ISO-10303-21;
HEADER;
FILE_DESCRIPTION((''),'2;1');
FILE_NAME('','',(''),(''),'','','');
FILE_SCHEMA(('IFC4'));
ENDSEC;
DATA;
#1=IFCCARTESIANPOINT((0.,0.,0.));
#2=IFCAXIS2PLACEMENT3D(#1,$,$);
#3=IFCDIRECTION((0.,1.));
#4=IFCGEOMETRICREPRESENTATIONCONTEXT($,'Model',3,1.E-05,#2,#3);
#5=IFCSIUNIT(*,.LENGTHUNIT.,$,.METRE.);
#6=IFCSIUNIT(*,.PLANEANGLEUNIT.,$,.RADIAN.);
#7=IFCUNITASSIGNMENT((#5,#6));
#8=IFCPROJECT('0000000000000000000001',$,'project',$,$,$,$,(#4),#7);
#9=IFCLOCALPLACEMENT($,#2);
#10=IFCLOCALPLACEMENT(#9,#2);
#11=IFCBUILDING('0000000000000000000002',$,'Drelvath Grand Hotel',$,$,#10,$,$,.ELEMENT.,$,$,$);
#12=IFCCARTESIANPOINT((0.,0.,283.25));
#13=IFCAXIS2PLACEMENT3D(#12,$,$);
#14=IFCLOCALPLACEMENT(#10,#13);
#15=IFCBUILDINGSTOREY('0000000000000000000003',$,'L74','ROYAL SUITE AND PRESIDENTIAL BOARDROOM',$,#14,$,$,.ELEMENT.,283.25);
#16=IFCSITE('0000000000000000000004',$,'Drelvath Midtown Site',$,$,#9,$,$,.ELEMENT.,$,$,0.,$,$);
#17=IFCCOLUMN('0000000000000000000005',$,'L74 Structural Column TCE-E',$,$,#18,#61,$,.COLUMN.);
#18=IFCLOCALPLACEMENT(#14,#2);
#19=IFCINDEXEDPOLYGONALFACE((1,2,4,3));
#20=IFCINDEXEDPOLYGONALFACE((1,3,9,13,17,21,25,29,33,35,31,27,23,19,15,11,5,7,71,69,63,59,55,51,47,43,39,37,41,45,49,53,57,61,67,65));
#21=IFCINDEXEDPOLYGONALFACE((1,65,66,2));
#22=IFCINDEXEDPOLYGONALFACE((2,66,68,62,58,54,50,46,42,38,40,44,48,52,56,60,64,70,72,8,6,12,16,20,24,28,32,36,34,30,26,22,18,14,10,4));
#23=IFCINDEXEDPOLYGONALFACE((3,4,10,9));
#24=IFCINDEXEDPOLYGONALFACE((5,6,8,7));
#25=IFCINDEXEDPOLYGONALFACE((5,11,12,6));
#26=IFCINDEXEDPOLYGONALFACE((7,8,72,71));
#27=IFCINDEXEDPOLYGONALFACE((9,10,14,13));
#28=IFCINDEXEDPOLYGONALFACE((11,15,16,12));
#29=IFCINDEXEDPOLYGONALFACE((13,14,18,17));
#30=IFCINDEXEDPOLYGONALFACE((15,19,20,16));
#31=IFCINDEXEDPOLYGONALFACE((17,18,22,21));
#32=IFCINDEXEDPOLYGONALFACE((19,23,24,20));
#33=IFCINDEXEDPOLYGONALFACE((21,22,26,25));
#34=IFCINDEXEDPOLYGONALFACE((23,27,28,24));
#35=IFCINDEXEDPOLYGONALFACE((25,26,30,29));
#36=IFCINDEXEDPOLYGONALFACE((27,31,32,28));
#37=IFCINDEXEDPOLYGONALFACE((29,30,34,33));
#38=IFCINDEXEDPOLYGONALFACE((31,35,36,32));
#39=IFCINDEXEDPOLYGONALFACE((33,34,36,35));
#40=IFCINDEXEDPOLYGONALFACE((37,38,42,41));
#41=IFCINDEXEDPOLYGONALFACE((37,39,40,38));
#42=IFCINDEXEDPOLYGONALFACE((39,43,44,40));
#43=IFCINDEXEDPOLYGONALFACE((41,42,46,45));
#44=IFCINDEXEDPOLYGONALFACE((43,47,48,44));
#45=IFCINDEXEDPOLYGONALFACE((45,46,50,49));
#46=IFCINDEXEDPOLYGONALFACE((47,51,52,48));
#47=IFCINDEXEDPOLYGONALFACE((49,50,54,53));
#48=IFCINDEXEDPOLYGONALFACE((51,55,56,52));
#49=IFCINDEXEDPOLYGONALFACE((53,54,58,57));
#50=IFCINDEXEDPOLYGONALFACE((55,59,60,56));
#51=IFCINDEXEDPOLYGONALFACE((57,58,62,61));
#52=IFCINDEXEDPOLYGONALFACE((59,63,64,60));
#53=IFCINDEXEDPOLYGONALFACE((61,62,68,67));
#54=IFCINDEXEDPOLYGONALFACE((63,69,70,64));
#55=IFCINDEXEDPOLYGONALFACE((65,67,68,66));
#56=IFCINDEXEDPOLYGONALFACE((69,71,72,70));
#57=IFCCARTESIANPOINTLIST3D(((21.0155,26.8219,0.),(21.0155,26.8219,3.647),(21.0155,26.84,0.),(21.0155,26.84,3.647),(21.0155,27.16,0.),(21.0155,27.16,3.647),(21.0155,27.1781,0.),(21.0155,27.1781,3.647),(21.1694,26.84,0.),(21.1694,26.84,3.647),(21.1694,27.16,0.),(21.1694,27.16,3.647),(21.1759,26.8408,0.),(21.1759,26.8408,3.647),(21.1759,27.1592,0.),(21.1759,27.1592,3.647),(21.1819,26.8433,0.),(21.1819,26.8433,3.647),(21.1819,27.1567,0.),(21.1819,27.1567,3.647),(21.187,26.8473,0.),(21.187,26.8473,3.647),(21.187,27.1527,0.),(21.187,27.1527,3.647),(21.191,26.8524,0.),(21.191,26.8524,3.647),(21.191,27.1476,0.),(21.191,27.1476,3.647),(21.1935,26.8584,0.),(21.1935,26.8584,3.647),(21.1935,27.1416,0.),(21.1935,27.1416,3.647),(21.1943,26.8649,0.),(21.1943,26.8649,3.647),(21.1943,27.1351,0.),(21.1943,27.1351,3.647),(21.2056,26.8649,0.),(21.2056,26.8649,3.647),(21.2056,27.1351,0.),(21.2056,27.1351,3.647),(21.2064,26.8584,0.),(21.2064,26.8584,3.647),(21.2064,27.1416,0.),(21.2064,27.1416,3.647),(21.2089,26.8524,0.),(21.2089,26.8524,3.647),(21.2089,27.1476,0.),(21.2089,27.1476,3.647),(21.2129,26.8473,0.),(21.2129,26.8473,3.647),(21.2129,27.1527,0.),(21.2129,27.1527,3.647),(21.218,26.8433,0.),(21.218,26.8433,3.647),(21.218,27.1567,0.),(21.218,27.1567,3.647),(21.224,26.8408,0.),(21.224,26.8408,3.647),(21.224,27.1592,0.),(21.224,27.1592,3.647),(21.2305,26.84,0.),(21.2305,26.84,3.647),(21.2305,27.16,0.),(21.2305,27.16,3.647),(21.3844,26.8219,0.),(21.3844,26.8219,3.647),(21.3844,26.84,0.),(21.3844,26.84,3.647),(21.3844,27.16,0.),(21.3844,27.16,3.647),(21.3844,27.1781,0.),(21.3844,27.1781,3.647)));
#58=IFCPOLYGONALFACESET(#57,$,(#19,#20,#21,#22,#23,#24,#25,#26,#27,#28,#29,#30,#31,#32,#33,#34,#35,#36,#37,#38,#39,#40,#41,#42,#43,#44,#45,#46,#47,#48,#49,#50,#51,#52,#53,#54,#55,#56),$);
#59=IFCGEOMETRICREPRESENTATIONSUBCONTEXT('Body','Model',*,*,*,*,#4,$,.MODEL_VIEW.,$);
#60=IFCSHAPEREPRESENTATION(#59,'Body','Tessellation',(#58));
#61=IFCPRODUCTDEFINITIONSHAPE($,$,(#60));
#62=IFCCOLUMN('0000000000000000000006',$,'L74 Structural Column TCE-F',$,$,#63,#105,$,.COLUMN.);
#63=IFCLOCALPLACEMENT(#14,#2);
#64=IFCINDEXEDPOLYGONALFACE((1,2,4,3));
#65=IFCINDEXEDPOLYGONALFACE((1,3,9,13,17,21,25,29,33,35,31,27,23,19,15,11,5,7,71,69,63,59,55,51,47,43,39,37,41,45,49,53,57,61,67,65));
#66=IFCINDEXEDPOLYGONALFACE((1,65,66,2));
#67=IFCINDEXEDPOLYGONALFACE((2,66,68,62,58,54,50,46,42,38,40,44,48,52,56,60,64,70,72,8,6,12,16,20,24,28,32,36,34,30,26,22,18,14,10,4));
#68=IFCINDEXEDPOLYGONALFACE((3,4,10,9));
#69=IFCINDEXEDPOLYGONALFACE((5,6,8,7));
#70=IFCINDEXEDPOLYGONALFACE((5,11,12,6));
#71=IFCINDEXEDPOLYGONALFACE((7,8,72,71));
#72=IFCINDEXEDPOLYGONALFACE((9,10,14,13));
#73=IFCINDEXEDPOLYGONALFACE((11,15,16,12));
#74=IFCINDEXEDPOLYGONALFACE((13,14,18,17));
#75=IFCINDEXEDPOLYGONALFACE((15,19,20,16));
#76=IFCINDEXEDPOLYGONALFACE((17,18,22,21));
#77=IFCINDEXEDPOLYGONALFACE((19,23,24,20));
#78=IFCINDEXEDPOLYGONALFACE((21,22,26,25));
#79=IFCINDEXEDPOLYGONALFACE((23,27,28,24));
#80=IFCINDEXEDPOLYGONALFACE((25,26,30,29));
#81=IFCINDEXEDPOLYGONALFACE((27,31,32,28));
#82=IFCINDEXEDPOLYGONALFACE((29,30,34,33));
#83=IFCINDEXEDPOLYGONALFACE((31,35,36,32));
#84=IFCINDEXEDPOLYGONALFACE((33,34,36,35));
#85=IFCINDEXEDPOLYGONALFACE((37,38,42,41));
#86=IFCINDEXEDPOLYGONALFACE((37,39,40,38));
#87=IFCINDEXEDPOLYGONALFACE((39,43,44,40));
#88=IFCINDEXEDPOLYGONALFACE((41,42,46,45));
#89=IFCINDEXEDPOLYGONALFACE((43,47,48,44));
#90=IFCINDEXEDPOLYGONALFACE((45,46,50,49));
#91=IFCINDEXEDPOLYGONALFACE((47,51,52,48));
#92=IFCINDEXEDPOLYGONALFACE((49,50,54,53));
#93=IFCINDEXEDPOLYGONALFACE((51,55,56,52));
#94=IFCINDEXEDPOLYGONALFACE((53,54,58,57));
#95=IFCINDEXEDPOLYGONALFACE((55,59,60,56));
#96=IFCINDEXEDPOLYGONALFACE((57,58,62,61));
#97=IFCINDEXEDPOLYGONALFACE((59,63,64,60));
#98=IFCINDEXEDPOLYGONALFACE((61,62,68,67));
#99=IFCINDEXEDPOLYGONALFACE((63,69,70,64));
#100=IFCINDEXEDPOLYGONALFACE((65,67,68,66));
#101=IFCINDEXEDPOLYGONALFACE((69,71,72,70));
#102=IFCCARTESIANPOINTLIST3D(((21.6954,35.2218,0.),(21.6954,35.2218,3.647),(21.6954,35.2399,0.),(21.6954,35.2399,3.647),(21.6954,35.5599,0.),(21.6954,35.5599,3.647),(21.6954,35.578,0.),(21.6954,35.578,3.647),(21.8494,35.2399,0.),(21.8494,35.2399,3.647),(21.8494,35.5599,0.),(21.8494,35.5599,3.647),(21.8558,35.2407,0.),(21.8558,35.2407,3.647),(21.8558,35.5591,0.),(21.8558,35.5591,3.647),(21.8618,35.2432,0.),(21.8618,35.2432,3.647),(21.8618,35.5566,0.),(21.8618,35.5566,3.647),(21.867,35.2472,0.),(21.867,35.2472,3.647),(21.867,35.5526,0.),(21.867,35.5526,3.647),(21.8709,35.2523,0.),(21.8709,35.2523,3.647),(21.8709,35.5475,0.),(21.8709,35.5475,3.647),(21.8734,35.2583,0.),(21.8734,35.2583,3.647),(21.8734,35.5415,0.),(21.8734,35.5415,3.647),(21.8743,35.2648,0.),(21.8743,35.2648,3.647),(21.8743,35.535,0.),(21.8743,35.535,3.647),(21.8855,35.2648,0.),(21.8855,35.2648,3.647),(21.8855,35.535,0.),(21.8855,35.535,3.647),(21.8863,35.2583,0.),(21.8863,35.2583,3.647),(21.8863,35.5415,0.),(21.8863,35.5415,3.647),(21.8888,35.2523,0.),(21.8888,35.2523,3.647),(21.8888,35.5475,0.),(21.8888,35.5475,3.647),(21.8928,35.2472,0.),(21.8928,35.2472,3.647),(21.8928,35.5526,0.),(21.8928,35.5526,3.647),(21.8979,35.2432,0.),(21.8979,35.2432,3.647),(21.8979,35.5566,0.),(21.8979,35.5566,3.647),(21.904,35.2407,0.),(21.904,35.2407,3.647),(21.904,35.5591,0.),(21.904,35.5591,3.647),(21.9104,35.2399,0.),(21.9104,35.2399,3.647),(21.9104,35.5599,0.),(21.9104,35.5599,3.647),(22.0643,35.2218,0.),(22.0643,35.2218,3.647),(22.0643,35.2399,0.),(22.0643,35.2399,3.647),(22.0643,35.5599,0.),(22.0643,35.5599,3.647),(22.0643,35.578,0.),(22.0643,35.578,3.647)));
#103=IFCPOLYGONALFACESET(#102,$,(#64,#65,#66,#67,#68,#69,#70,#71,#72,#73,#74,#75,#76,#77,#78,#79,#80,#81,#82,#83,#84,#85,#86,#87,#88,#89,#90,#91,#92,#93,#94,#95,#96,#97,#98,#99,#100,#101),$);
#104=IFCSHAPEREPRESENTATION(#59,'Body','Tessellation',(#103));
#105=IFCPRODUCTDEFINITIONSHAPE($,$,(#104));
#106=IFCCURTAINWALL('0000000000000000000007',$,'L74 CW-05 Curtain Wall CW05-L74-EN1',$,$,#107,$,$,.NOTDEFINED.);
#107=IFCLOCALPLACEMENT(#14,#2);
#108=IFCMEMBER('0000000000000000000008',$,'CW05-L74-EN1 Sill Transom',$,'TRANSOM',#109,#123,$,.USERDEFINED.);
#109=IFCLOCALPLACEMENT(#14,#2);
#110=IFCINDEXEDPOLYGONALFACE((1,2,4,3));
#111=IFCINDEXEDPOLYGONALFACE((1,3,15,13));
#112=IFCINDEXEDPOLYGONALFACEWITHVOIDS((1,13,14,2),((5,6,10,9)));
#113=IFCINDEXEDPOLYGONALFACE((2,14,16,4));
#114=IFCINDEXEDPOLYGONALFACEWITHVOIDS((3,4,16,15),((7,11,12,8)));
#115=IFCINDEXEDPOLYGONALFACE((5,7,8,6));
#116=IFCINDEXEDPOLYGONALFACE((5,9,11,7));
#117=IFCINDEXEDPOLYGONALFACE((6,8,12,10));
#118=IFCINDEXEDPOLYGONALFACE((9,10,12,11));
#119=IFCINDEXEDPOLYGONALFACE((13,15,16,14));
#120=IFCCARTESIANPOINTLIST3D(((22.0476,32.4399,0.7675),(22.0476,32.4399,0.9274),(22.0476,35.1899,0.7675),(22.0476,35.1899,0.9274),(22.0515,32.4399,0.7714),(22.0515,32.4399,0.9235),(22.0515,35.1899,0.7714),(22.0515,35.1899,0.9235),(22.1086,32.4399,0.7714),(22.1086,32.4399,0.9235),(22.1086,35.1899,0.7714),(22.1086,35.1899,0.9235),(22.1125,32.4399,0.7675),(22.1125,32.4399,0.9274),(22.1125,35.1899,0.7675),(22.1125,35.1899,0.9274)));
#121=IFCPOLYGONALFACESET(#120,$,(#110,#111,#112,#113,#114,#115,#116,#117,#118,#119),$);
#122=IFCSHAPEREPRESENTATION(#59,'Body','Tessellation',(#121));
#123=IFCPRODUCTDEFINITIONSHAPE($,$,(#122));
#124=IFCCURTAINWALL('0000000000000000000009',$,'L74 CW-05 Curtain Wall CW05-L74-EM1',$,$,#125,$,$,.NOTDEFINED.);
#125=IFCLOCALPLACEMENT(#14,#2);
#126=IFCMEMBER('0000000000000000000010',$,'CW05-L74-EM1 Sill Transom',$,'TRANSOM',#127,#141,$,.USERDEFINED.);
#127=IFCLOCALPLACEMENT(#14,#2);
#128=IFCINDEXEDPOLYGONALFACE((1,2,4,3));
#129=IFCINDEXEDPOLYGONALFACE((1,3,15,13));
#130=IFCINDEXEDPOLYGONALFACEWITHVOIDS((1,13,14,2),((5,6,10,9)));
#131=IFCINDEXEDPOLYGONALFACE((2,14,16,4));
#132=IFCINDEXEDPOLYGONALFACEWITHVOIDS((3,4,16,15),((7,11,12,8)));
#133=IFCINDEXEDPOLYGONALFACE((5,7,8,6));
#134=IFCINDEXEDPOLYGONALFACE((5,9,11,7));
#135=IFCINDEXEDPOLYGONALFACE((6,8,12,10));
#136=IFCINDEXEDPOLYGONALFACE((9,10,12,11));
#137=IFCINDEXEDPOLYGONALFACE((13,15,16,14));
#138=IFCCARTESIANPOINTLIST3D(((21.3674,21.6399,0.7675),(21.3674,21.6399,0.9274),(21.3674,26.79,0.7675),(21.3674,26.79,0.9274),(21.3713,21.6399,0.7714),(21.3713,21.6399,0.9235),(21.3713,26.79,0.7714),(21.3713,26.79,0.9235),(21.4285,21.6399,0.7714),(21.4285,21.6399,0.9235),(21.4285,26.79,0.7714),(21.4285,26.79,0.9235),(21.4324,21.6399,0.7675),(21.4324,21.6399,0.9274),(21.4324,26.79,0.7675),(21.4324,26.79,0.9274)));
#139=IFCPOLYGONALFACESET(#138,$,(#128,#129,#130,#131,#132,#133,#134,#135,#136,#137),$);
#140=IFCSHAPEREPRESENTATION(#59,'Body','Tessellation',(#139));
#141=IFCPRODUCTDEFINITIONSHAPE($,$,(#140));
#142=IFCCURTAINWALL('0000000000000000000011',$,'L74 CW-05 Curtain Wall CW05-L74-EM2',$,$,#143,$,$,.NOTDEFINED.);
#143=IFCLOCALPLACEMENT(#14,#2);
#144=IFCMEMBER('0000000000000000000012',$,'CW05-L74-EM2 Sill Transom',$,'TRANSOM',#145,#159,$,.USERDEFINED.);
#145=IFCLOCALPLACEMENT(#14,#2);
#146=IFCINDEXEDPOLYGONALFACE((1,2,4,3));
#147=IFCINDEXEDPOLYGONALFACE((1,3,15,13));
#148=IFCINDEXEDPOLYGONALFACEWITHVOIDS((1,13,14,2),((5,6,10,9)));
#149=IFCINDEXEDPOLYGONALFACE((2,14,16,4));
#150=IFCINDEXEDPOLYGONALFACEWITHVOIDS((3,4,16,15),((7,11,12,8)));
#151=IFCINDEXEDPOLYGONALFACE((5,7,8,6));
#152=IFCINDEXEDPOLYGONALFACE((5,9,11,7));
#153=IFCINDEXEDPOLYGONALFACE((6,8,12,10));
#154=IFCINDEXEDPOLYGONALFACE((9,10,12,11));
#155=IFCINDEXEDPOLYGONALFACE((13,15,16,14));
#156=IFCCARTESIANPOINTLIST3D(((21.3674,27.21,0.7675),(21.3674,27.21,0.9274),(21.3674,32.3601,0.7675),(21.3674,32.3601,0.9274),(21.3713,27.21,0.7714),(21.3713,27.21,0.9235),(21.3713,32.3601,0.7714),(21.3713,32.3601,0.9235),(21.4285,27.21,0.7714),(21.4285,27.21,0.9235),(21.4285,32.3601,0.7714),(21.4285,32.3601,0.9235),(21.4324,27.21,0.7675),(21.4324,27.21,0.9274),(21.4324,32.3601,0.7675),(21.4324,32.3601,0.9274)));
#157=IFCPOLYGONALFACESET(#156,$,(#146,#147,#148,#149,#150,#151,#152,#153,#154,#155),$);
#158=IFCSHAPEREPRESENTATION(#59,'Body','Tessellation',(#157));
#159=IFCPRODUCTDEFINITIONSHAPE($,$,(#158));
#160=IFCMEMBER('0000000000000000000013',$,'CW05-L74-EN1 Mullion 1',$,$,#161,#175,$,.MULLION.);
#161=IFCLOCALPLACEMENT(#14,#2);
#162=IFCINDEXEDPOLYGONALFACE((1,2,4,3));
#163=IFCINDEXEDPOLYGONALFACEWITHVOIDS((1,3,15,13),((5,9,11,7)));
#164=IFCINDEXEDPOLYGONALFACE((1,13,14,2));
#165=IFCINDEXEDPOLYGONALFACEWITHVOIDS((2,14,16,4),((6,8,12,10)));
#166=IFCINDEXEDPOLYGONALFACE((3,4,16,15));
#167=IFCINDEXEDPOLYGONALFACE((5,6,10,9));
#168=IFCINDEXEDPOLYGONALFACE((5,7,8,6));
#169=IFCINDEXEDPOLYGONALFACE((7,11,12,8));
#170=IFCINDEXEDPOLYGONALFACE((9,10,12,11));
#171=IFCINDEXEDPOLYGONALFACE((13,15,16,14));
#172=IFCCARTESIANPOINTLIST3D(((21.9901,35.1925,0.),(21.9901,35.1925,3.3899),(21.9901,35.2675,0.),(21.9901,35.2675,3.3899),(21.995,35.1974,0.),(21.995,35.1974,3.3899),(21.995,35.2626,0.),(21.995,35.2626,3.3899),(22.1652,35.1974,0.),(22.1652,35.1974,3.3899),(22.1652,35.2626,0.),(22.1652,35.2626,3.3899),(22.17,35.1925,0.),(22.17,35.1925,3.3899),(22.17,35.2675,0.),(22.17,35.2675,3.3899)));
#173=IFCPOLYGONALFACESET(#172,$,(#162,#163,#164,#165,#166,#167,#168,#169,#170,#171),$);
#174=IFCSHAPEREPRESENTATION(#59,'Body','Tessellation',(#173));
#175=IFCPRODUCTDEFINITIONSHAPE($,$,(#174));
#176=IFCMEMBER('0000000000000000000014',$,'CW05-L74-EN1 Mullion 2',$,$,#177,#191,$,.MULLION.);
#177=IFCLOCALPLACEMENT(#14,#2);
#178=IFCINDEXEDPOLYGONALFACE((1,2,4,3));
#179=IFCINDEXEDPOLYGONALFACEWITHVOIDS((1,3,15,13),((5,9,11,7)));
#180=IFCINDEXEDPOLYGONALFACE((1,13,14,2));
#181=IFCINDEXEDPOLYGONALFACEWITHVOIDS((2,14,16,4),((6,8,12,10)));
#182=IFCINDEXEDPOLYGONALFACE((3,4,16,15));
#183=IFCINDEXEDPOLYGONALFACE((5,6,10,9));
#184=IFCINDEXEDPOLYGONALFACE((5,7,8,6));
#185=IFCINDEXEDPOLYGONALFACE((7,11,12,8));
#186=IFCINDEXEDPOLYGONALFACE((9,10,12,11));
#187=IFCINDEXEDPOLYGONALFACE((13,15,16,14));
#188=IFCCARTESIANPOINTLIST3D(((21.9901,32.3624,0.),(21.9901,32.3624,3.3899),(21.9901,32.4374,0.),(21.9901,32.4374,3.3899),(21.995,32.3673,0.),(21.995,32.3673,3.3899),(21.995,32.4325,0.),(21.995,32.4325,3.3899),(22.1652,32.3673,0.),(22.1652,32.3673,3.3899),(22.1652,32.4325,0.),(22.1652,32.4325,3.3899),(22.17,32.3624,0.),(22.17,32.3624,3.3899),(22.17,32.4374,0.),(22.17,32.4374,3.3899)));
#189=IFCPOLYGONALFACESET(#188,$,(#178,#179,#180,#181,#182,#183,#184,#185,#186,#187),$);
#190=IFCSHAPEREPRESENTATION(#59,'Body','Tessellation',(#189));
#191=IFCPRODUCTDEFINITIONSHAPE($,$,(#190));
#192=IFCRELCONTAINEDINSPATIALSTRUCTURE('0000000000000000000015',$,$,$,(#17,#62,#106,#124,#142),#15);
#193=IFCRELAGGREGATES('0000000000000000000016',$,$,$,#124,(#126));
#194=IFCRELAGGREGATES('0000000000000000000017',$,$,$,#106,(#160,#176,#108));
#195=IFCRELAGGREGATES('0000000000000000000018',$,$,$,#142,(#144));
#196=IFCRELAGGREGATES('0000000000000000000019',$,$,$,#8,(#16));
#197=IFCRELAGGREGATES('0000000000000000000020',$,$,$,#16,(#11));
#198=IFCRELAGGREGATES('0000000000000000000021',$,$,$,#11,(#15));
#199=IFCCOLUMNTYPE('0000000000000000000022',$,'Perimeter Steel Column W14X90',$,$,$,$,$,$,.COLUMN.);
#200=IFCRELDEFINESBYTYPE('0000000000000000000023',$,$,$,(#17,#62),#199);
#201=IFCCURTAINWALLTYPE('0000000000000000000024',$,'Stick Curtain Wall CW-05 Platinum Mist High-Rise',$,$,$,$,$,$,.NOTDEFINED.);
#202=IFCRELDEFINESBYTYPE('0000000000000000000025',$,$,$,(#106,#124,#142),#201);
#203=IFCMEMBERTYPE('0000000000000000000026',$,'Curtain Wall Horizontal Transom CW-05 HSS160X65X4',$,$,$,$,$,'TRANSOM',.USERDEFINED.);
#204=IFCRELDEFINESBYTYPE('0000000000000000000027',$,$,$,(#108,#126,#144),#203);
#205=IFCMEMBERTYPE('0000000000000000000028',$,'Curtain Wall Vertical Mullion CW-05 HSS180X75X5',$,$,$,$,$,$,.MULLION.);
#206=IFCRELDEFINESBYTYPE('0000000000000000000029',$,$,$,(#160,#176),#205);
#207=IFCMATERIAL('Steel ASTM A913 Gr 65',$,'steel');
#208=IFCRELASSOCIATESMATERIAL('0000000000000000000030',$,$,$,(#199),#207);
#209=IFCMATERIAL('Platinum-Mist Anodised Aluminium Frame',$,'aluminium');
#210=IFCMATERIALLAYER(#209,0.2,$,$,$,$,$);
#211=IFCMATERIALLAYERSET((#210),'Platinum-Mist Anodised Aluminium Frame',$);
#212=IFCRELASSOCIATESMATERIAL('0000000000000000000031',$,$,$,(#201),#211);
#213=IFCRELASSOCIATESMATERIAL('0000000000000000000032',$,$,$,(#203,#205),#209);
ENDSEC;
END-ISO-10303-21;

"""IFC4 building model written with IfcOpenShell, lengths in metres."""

from ifc_helpers import new_model, si_unit, direction, frame, origin, origin_2d, place, context, subcontext, project, spatial, hollow_rectangle, i_section, extrude, material, layer, layer_set, material_profile, profile_set, type_object, element, aggregate, save


model = new_model("IFC4")

# Units and contexts
model_context = context("Model", 3, precision=1e-05, world=origin(), true_north=direction((0.0, 1.0)))
body_context = subcontext(model_context, "Body", "Model", "MODEL_VIEW")
ifc_project = project(units=[si_unit("LENGTHUNIT", "METRE"), si_unit("PLANEANGLEUNIT", "RADIAN")], contexts=[model_context])

# Site, building, storey
site_placement = place(None, origin())
site = spatial("IfcSite", under=ifc_project, at=site_placement, Name="Drelvath Midtown Site", CompositionType="ELEMENT", RefElevation=0.0)
building_placement = place(site_placement, origin())
building = spatial("IfcBuilding", under=site, at=building_placement, Name="Drelvath Grand Hotel", CompositionType="ELEMENT")
storey_placement = place(building_placement, frame((0.0, 0.0, 283.25)))
storey = spatial("IfcBuildingStorey", under=building, at=storey_placement, Name="L74", Description="ROYAL SUITE AND PRESIDENTIAL BOARDROOM", CompositionType="ELEMENT", Elevation=283.25)

# Columns
ifc_material_1 = material(Name="Steel ASTM A913 Gr 65", Category="steel")
ifc_material_profile_1 = material_profile(ifc_material_1, i_section(OverallWidth=0.3689, OverallDepth=0.3562, WebThickness=0.0112, FlangeThickness=0.0181, FilletRadius=0.0249, at=origin_2d()), Name="W14X90")
ifc_profile_set_1 = profile_set([ifc_material_profile_1], Name="Steel ASTM A913 Gr 65")
column_type = type_object("IfcColumnType", Name="Perimeter Steel Column W14X90", PredefinedType="COLUMN", material=ifc_profile_set_1)
for number, where, z_axis, x_axis, name in (
    (1, (21.2, 27.0, 0.0), (0.0, 0.0, 1.0), (1.0, 0.0, 0.0), "L74 Structural Column TCE-E"),
    (2, (21.8799, 35.3999, 0.0), (0.0, 0.0, 1.0), (1.0, 0.0, 0.0), "L74 Structural Column TCE-F"),
):
    element("IfcColumn", number, at=place(storey_placement, frame(where, z_axis=z_axis, x_axis=x_axis)), inside=storey, type_object=column_type, Name=name, PredefinedType="COLUMN", context=body_context, shape_type="SweptSolid", body=[
        extrude(i_section(OverallWidth=0.3689, OverallDepth=0.3562, WebThickness=0.0112, FlangeThickness=0.0181, FilletRadius=0.0249, at=origin_2d()), origin(), (0.0, 0.0, 1.0), 3.647),
    ])

# Curtain walls, members
ifc_material_2 = material(Name="Platinum-Mist Anodised Aluminium Frame", Category="aluminium")
ifc_layer_1 = layer(ifc_material_2, 0.2)
ifc_layer_set_1 = layer_set([ifc_layer_1], Name="Platinum-Mist Anodised Aluminium Frame")
curtain_wall_type = type_object("IfcCurtainWallType", Name="Stick Curtain Wall CW-05 Platinum Mist High-Rise", PredefinedType="NOTDEFINED", material=ifc_layer_set_1)
curtain_wall_1_placement = place(storey_placement, origin())
curtain_wall_1 = element("IfcCurtainWall", 3, at=curtain_wall_1_placement, inside=storey, type_object=curtain_wall_type, Name="L74 CW-05 Curtain Wall CW05-L74-EN1", PredefinedType="NOTDEFINED")
ifc_material_profile_2 = material_profile(ifc_material_2, hollow_rectangle(XDim=0.0649, YDim=0.1599, WallThickness=0.0039, at=origin_2d()), Name="HSS160X65X4")
ifc_profile_set_2 = profile_set([ifc_material_profile_2], Name="Platinum-Mist Anodised Aluminium Frame")
member_type_1 = type_object("IfcMemberType", Name="Curtain Wall Horizontal Transom CW-05 HSS160X65X4", ElementType="TRANSOM", PredefinedType="USERDEFINED", material=ifc_profile_set_2)
member_1_placement = place(storey_placement, frame((22.0801, 35.1899, 0.8474), z_axis=(0.0, -1.0, 0.0), x_axis=(1.0, 0.0, 0.0)))
member_1 = element("IfcMember", 4, at=member_1_placement, type_object=member_type_1, Name="CW05-L74-EN1 Sill Transom", ObjectType="TRANSOM", PredefinedType="USERDEFINED", context=body_context, shape_type="SweptSolid", body=[
    extrude(hollow_rectangle(XDim=0.0649, YDim=0.1599, WallThickness=0.0039, at=origin_2d()), origin(), (0.0, 0.0, 1.0), 2.75),
])
curtain_wall_2_placement = place(storey_placement, origin())
curtain_wall_2 = element("IfcCurtainWall", 5, at=curtain_wall_2_placement, inside=storey, type_object=curtain_wall_type, Name="L74 CW-05 Curtain Wall CW05-L74-EM1", PredefinedType="NOTDEFINED")
member_2_placement = place(storey_placement, frame((21.3999, 26.79, 0.8474), z_axis=(0.0, -1.0, 0.0), x_axis=(1.0, 0.0, 0.0)))
member_2 = element("IfcMember", 6, at=member_2_placement, type_object=member_type_1, Name="CW05-L74-EM1 Sill Transom", ObjectType="TRANSOM", PredefinedType="USERDEFINED", context=body_context, shape_type="SweptSolid", body=[
    extrude(hollow_rectangle(XDim=0.0649, YDim=0.1599, WallThickness=0.0039, at=origin_2d()), origin(), (0.0, 0.0, 1.0), 5.1501),
])
curtain_wall_3_placement = place(storey_placement, origin())
curtain_wall_3 = element("IfcCurtainWall", 7, at=curtain_wall_3_placement, inside=storey, type_object=curtain_wall_type, Name="L74 CW-05 Curtain Wall CW05-L74-EM2", PredefinedType="NOTDEFINED")
member_3_placement = place(storey_placement, frame((21.3999, 32.3601, 0.8474), z_axis=(0.0, -1.0, 0.0), x_axis=(1.0, 0.0, 0.0)))
member_3 = element("IfcMember", 8, at=member_3_placement, type_object=member_type_1, Name="CW05-L74-EM2 Sill Transom", ObjectType="TRANSOM", PredefinedType="USERDEFINED", context=body_context, shape_type="SweptSolid", body=[
    extrude(hollow_rectangle(XDim=0.0649, YDim=0.1599, WallThickness=0.0039, at=origin_2d()), origin(), (0.0, 0.0, 1.0), 5.1501),
])

# Members
ifc_material_profile_3 = material_profile(ifc_material_2, hollow_rectangle(XDim=0.075, YDim=0.1799, WallThickness=0.0049, at=origin_2d()), Name="HSS180X75X5")
ifc_profile_set_3 = profile_set([ifc_material_profile_3], Name="Platinum-Mist Anodised Aluminium Frame")
member_type_2 = type_object("IfcMemberType", Name="Curtain Wall Vertical Mullion CW-05 HSS180X75X5", PredefinedType="MULLION", material=ifc_profile_set_3)
member_4_placement = place(storey_placement, frame((22.0801, 35.23, 0.0), z_axis=(0.0, 0.0, 1.0), x_axis=(0.0, 1.0, 0.0)))
member_4 = element("IfcMember", 9, at=member_4_placement, type_object=member_type_2, Name="CW05-L74-EN1 Mullion 1", PredefinedType="MULLION", context=body_context, shape_type="SweptSolid", body=[
    extrude(hollow_rectangle(XDim=0.075, YDim=0.1799, WallThickness=0.0049, at=origin_2d()), origin(), (0.0, 0.0, 1.0), 3.3899),
])
member_5_placement = place(storey_placement, frame((22.0801, 32.3999, 0.0), z_axis=(0.0, 0.0, 1.0), x_axis=(0.0, 1.0, 0.0)))
member_5 = element("IfcMember", 10, at=member_5_placement, type_object=member_type_2, Name="CW05-L74-EN1 Mullion 2", PredefinedType="MULLION", context=body_context, shape_type="SweptSolid", body=[
    extrude(hollow_rectangle(XDim=0.075, YDim=0.1799, WallThickness=0.0049, at=origin_2d()), origin(), (0.0, 0.0, 1.0), 3.3899),
])

aggregate(curtain_wall_2, [member_2])

aggregate(curtain_wall_1, [member_4, member_5, member_1])
aggregate(curtain_wall_3, [member_3])

save(model, "model.ifc")
